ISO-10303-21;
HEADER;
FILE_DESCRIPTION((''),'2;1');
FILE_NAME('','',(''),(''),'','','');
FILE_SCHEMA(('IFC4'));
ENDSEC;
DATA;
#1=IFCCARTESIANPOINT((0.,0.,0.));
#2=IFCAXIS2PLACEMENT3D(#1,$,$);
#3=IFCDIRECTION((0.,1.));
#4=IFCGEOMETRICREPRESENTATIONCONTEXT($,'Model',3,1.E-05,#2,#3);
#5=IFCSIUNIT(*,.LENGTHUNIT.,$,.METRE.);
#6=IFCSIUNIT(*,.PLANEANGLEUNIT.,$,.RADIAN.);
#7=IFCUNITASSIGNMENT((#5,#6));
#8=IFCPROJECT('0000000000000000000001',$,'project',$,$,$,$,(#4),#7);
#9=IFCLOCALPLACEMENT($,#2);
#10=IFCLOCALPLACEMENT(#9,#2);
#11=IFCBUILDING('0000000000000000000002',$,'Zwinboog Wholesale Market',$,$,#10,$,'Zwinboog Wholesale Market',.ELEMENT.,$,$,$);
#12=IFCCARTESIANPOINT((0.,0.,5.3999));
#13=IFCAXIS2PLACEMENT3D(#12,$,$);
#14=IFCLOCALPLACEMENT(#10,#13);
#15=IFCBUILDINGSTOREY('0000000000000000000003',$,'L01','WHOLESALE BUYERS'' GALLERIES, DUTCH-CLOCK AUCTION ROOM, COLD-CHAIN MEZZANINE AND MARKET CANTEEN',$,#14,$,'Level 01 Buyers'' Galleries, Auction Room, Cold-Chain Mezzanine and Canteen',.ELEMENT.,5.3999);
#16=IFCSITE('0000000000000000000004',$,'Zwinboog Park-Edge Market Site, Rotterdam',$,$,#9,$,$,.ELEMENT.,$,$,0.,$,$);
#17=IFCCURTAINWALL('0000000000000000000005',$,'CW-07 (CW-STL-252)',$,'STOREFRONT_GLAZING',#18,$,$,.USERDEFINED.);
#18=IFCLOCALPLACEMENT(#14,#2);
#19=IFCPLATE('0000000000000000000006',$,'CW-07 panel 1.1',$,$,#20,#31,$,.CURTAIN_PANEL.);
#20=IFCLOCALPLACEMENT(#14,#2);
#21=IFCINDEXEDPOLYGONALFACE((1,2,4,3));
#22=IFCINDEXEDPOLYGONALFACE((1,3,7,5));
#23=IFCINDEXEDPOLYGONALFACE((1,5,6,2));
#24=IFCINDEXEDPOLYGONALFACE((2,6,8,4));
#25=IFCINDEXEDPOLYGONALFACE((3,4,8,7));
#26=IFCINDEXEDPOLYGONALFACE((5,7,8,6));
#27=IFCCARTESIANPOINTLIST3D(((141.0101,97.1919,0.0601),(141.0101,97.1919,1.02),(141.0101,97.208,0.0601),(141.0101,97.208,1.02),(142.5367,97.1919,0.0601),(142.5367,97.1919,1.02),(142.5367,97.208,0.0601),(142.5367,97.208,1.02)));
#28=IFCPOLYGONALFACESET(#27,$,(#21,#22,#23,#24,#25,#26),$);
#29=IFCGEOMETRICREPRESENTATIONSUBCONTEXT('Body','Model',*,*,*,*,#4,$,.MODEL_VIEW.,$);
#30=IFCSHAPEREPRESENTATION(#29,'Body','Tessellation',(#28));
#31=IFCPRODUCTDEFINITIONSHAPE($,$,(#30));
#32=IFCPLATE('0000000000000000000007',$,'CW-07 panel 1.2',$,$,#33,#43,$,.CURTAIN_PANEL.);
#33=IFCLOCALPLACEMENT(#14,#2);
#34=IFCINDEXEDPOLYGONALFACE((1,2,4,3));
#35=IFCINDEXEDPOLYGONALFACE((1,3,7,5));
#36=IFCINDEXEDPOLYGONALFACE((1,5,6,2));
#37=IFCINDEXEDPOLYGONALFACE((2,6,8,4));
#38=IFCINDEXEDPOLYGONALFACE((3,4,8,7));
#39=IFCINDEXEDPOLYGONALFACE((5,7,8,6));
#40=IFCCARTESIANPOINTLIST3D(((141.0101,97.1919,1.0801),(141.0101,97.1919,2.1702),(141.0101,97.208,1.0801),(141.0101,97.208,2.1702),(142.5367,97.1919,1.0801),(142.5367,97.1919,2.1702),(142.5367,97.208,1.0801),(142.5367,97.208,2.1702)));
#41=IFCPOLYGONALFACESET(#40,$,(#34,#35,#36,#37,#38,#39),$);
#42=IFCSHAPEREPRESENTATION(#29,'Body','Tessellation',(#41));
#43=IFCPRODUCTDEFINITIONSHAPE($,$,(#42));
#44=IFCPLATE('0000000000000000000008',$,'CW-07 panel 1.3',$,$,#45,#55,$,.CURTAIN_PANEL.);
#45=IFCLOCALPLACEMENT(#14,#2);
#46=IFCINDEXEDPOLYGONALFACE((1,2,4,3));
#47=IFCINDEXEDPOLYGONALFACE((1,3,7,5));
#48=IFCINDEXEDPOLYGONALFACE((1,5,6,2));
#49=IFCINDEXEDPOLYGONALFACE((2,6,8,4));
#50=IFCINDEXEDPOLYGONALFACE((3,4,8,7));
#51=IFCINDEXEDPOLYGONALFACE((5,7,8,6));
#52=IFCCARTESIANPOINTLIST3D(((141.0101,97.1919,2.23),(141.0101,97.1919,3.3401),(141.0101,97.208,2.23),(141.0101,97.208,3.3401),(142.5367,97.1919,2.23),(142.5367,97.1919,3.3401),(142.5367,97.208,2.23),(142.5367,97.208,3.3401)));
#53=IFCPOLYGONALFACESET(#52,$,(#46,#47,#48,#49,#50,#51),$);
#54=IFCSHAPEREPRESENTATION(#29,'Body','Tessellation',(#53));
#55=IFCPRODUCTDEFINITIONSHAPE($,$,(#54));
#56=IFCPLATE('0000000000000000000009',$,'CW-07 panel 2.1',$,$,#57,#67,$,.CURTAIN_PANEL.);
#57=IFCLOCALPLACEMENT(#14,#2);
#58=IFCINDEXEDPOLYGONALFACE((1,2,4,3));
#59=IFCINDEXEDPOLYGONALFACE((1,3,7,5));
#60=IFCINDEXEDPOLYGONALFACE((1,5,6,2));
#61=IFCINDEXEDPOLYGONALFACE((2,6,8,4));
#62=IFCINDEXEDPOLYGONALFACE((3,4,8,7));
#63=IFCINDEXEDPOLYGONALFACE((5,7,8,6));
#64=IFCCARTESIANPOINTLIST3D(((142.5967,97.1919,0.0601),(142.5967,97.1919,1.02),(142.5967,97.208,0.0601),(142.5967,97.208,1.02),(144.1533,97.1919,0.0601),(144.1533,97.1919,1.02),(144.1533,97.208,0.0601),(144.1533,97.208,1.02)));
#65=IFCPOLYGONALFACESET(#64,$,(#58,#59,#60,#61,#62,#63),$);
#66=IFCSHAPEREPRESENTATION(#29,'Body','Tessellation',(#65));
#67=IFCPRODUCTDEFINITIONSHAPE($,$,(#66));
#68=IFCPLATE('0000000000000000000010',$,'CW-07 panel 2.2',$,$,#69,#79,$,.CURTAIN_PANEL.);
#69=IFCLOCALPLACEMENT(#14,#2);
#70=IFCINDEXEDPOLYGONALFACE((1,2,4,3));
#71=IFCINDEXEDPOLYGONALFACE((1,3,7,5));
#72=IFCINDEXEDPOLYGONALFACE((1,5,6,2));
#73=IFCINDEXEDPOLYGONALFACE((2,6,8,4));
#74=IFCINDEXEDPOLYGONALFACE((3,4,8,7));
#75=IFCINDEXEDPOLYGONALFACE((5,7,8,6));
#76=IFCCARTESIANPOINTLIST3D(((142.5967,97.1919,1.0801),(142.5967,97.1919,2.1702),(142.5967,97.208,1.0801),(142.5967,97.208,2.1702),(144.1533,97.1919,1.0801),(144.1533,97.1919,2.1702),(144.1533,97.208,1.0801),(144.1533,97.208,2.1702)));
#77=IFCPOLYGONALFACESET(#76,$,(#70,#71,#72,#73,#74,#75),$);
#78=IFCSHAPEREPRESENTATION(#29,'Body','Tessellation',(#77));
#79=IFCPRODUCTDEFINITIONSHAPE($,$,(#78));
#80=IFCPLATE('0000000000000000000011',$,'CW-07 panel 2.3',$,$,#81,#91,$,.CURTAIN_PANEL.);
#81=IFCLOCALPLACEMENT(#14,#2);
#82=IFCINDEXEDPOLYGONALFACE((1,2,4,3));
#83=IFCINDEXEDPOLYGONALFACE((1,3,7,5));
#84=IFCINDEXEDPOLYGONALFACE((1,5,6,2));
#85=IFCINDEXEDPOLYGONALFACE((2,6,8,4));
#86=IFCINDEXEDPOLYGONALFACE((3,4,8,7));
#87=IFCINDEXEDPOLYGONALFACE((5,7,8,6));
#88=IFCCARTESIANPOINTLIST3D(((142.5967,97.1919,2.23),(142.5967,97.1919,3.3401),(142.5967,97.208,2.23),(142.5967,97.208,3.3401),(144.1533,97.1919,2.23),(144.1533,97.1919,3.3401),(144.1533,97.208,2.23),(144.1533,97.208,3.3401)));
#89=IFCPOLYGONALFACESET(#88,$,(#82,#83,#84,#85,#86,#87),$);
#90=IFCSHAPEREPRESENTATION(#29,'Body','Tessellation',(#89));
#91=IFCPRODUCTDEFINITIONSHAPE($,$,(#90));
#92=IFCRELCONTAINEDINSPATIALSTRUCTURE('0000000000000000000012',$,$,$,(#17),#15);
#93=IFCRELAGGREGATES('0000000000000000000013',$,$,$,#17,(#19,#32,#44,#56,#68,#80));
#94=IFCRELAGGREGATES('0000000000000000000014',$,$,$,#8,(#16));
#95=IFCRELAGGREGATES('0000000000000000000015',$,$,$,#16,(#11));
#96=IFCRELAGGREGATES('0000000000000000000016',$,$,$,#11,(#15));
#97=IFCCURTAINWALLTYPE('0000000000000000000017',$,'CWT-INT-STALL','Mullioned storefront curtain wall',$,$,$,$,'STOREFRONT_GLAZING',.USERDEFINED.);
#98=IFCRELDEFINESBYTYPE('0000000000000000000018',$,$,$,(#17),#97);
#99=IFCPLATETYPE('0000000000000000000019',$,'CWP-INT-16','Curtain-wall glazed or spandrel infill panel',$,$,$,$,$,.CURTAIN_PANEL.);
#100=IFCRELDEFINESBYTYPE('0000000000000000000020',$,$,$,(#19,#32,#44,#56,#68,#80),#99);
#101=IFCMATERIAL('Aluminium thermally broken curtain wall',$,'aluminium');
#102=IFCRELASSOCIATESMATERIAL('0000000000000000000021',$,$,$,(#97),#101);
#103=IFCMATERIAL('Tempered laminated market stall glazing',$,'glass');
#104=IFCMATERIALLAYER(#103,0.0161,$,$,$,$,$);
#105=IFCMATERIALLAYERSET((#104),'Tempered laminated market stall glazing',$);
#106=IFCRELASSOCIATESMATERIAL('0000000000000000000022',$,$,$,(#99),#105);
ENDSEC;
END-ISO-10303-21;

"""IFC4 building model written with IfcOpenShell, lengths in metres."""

from ifc_helpers import new_model, si_unit, direction, frame, origin, origin_2d, place, context, subcontext, project, spatial, rectangle, extrude, material, layer, layer_set, type_object, element, aggregate, save


model = new_model("IFC4")

# Units and contexts
model_context = context("Model", 3, precision=1e-05, world=origin(), true_north=direction((0.0, 1.0)))
body_context = subcontext(model_context, "Body", "Model", "MODEL_VIEW")
ifc_project = project(units=[si_unit("LENGTHUNIT", "METRE"), si_unit("PLANEANGLEUNIT", "RADIAN")], contexts=[model_context])

# Site, building, storey
site_placement = place(None, origin())
site = spatial("IfcSite", under=ifc_project, at=site_placement, Name="Zwinboog Park-Edge Market Site, Rotterdam", CompositionType="ELEMENT", RefElevation=0.0)
building_placement = place(site_placement, origin())
building = spatial("IfcBuilding", under=site, at=building_placement, Name="Zwinboog Wholesale Market", LongName="Zwinboog Wholesale Market", CompositionType="ELEMENT")
storey_placement = place(building_placement, frame((0.0, 0.0, 5.3999)))
storey = spatial("IfcBuildingStorey", under=building, at=storey_placement, Name="L01", Description="WHOLESALE BUYERS' GALLERIES, DUTCH-CLOCK AUCTION ROOM, COLD-CHAIN MEZZANINE AND MARKET CANTEEN", LongName="Level 01 Buyers' Galleries, Auction Room, Cold-Chain Mezzanine and Canteen", CompositionType="ELEMENT", Elevation=5.3999)

# Curtain wall, plates
ifc_material_1 = material(Name="Aluminium thermally broken curtain wall", Category="aluminium")
curtain_wall_type = type_object("IfcCurtainWallType", Name="CWT-INT-STALL", Description="Mullioned storefront curtain wall", ElementType="STOREFRONT_GLAZING", PredefinedType="USERDEFINED", material=ifc_material_1)
curtain_wall_placement = place(storey_placement, origin())
curtain_wall = element("IfcCurtainWall", 1, at=curtain_wall_placement, inside=storey, type_object=curtain_wall_type, Name="CW-07 (CW-STL-252)", ObjectType="STOREFRONT_GLAZING", PredefinedType="USERDEFINED")
ifc_material_2 = material(Name="Tempered laminated market stall glazing", Category="glass")
ifc_layer = layer(ifc_material_2, 0.0161)
ifc_layer_set = layer_set([ifc_layer], Name="Tempered laminated market stall glazing")
plate_type = type_object("IfcPlateType", Name="CWP-INT-16", Description="Curtain-wall glazed or spandrel infill panel", PredefinedType="CURTAIN_PANEL", material=ifc_layer_set)
plate_1_placement = place(storey_placement, frame((141.7734, 97.2, 0.0601), z_axis=(0.0, 0.0, 1.0), x_axis=(1.0, 0.0, 0.0)))
plate_1 = element("IfcPlate", 2, at=plate_1_placement, type_object=plate_type, Name="CW-07 panel 1.1", PredefinedType="CURTAIN_PANEL", context=body_context, shape_type="SweptSolid", body=[
    extrude(rectangle(XDim=1.5266, YDim=0.0161, at=origin_2d()), origin(), (0.0, 0.0, 1.0), 0.96),
])
plate_2_placement = place(storey_placement, frame((141.7734, 97.2, 1.0801), z_axis=(0.0, 0.0, 1.0), x_axis=(1.0, 0.0, 0.0)))
plate_2 = element("IfcPlate", 3, at=plate_2_placement, type_object=plate_type, Name="CW-07 panel 1.2", PredefinedType="CURTAIN_PANEL", context=body_context, shape_type="SweptSolid", body=[
    extrude(rectangle(XDim=1.5266, YDim=0.0161, at=origin_2d()), origin(), (0.0, 0.0, 1.0), 1.0901),
])
plate_3_placement = place(storey_placement, frame((141.7734, 97.2, 2.23), z_axis=(0.0, 0.0, 1.0), x_axis=(1.0, 0.0, 0.0)))
plate_3 = element("IfcPlate", 4, at=plate_3_placement, type_object=plate_type, Name="CW-07 panel 1.3", PredefinedType="CURTAIN_PANEL", context=body_context, shape_type="SweptSolid", body=[
    extrude(rectangle(XDim=1.5266, YDim=0.0161, at=origin_2d()), origin(), (0.0, 0.0, 1.0), 1.1101),
])
plate_4_placement = place(storey_placement, frame((143.375, 97.2, 0.0601), z_axis=(0.0, 0.0, 1.0), x_axis=(1.0, 0.0, 0.0)))
plate_4 = element("IfcPlate", 5, at=plate_4_placement, type_object=plate_type, Name="CW-07 panel 2.1", PredefinedType="CURTAIN_PANEL", context=body_context, shape_type="SweptSolid", body=[
    extrude(rectangle(XDim=1.5566, YDim=0.0161, at=origin_2d()), origin(), (0.0, 0.0, 1.0), 0.96),
])
plate_5_placement = place(storey_placement, frame((143.375, 97.2, 1.0801), z_axis=(0.0, 0.0, 1.0), x_axis=(1.0, 0.0, 0.0)))
plate_5 = element("IfcPlate", 6, at=plate_5_placement, type_object=plate_type, Name="CW-07 panel 2.2", PredefinedType="CURTAIN_PANEL", context=body_context, shape_type="SweptSolid", body=[
    extrude(rectangle(XDim=1.5566, YDim=0.0161, at=origin_2d()), origin(), (0.0, 0.0, 1.0), 1.0901),
])
plate_6_placement = place(storey_placement, frame((143.375, 97.2, 2.23), z_axis=(0.0, 0.0, 1.0), x_axis=(1.0, 0.0, 0.0)))
plate_6 = element("IfcPlate", 7, at=plate_6_placement, type_object=plate_type, Name="CW-07 panel 2.3", PredefinedType="CURTAIN_PANEL", context=body_context, shape_type="SweptSolid", body=[
    extrude(rectangle(XDim=1.5566, YDim=0.0161, at=origin_2d()), origin(), (0.0, 0.0, 1.0), 1.1101),
])
aggregate(curtain_wall, [plate_1, plate_2, plate_3, plate_4, plate_5, plate_6])

save(model, "model.ifc")
